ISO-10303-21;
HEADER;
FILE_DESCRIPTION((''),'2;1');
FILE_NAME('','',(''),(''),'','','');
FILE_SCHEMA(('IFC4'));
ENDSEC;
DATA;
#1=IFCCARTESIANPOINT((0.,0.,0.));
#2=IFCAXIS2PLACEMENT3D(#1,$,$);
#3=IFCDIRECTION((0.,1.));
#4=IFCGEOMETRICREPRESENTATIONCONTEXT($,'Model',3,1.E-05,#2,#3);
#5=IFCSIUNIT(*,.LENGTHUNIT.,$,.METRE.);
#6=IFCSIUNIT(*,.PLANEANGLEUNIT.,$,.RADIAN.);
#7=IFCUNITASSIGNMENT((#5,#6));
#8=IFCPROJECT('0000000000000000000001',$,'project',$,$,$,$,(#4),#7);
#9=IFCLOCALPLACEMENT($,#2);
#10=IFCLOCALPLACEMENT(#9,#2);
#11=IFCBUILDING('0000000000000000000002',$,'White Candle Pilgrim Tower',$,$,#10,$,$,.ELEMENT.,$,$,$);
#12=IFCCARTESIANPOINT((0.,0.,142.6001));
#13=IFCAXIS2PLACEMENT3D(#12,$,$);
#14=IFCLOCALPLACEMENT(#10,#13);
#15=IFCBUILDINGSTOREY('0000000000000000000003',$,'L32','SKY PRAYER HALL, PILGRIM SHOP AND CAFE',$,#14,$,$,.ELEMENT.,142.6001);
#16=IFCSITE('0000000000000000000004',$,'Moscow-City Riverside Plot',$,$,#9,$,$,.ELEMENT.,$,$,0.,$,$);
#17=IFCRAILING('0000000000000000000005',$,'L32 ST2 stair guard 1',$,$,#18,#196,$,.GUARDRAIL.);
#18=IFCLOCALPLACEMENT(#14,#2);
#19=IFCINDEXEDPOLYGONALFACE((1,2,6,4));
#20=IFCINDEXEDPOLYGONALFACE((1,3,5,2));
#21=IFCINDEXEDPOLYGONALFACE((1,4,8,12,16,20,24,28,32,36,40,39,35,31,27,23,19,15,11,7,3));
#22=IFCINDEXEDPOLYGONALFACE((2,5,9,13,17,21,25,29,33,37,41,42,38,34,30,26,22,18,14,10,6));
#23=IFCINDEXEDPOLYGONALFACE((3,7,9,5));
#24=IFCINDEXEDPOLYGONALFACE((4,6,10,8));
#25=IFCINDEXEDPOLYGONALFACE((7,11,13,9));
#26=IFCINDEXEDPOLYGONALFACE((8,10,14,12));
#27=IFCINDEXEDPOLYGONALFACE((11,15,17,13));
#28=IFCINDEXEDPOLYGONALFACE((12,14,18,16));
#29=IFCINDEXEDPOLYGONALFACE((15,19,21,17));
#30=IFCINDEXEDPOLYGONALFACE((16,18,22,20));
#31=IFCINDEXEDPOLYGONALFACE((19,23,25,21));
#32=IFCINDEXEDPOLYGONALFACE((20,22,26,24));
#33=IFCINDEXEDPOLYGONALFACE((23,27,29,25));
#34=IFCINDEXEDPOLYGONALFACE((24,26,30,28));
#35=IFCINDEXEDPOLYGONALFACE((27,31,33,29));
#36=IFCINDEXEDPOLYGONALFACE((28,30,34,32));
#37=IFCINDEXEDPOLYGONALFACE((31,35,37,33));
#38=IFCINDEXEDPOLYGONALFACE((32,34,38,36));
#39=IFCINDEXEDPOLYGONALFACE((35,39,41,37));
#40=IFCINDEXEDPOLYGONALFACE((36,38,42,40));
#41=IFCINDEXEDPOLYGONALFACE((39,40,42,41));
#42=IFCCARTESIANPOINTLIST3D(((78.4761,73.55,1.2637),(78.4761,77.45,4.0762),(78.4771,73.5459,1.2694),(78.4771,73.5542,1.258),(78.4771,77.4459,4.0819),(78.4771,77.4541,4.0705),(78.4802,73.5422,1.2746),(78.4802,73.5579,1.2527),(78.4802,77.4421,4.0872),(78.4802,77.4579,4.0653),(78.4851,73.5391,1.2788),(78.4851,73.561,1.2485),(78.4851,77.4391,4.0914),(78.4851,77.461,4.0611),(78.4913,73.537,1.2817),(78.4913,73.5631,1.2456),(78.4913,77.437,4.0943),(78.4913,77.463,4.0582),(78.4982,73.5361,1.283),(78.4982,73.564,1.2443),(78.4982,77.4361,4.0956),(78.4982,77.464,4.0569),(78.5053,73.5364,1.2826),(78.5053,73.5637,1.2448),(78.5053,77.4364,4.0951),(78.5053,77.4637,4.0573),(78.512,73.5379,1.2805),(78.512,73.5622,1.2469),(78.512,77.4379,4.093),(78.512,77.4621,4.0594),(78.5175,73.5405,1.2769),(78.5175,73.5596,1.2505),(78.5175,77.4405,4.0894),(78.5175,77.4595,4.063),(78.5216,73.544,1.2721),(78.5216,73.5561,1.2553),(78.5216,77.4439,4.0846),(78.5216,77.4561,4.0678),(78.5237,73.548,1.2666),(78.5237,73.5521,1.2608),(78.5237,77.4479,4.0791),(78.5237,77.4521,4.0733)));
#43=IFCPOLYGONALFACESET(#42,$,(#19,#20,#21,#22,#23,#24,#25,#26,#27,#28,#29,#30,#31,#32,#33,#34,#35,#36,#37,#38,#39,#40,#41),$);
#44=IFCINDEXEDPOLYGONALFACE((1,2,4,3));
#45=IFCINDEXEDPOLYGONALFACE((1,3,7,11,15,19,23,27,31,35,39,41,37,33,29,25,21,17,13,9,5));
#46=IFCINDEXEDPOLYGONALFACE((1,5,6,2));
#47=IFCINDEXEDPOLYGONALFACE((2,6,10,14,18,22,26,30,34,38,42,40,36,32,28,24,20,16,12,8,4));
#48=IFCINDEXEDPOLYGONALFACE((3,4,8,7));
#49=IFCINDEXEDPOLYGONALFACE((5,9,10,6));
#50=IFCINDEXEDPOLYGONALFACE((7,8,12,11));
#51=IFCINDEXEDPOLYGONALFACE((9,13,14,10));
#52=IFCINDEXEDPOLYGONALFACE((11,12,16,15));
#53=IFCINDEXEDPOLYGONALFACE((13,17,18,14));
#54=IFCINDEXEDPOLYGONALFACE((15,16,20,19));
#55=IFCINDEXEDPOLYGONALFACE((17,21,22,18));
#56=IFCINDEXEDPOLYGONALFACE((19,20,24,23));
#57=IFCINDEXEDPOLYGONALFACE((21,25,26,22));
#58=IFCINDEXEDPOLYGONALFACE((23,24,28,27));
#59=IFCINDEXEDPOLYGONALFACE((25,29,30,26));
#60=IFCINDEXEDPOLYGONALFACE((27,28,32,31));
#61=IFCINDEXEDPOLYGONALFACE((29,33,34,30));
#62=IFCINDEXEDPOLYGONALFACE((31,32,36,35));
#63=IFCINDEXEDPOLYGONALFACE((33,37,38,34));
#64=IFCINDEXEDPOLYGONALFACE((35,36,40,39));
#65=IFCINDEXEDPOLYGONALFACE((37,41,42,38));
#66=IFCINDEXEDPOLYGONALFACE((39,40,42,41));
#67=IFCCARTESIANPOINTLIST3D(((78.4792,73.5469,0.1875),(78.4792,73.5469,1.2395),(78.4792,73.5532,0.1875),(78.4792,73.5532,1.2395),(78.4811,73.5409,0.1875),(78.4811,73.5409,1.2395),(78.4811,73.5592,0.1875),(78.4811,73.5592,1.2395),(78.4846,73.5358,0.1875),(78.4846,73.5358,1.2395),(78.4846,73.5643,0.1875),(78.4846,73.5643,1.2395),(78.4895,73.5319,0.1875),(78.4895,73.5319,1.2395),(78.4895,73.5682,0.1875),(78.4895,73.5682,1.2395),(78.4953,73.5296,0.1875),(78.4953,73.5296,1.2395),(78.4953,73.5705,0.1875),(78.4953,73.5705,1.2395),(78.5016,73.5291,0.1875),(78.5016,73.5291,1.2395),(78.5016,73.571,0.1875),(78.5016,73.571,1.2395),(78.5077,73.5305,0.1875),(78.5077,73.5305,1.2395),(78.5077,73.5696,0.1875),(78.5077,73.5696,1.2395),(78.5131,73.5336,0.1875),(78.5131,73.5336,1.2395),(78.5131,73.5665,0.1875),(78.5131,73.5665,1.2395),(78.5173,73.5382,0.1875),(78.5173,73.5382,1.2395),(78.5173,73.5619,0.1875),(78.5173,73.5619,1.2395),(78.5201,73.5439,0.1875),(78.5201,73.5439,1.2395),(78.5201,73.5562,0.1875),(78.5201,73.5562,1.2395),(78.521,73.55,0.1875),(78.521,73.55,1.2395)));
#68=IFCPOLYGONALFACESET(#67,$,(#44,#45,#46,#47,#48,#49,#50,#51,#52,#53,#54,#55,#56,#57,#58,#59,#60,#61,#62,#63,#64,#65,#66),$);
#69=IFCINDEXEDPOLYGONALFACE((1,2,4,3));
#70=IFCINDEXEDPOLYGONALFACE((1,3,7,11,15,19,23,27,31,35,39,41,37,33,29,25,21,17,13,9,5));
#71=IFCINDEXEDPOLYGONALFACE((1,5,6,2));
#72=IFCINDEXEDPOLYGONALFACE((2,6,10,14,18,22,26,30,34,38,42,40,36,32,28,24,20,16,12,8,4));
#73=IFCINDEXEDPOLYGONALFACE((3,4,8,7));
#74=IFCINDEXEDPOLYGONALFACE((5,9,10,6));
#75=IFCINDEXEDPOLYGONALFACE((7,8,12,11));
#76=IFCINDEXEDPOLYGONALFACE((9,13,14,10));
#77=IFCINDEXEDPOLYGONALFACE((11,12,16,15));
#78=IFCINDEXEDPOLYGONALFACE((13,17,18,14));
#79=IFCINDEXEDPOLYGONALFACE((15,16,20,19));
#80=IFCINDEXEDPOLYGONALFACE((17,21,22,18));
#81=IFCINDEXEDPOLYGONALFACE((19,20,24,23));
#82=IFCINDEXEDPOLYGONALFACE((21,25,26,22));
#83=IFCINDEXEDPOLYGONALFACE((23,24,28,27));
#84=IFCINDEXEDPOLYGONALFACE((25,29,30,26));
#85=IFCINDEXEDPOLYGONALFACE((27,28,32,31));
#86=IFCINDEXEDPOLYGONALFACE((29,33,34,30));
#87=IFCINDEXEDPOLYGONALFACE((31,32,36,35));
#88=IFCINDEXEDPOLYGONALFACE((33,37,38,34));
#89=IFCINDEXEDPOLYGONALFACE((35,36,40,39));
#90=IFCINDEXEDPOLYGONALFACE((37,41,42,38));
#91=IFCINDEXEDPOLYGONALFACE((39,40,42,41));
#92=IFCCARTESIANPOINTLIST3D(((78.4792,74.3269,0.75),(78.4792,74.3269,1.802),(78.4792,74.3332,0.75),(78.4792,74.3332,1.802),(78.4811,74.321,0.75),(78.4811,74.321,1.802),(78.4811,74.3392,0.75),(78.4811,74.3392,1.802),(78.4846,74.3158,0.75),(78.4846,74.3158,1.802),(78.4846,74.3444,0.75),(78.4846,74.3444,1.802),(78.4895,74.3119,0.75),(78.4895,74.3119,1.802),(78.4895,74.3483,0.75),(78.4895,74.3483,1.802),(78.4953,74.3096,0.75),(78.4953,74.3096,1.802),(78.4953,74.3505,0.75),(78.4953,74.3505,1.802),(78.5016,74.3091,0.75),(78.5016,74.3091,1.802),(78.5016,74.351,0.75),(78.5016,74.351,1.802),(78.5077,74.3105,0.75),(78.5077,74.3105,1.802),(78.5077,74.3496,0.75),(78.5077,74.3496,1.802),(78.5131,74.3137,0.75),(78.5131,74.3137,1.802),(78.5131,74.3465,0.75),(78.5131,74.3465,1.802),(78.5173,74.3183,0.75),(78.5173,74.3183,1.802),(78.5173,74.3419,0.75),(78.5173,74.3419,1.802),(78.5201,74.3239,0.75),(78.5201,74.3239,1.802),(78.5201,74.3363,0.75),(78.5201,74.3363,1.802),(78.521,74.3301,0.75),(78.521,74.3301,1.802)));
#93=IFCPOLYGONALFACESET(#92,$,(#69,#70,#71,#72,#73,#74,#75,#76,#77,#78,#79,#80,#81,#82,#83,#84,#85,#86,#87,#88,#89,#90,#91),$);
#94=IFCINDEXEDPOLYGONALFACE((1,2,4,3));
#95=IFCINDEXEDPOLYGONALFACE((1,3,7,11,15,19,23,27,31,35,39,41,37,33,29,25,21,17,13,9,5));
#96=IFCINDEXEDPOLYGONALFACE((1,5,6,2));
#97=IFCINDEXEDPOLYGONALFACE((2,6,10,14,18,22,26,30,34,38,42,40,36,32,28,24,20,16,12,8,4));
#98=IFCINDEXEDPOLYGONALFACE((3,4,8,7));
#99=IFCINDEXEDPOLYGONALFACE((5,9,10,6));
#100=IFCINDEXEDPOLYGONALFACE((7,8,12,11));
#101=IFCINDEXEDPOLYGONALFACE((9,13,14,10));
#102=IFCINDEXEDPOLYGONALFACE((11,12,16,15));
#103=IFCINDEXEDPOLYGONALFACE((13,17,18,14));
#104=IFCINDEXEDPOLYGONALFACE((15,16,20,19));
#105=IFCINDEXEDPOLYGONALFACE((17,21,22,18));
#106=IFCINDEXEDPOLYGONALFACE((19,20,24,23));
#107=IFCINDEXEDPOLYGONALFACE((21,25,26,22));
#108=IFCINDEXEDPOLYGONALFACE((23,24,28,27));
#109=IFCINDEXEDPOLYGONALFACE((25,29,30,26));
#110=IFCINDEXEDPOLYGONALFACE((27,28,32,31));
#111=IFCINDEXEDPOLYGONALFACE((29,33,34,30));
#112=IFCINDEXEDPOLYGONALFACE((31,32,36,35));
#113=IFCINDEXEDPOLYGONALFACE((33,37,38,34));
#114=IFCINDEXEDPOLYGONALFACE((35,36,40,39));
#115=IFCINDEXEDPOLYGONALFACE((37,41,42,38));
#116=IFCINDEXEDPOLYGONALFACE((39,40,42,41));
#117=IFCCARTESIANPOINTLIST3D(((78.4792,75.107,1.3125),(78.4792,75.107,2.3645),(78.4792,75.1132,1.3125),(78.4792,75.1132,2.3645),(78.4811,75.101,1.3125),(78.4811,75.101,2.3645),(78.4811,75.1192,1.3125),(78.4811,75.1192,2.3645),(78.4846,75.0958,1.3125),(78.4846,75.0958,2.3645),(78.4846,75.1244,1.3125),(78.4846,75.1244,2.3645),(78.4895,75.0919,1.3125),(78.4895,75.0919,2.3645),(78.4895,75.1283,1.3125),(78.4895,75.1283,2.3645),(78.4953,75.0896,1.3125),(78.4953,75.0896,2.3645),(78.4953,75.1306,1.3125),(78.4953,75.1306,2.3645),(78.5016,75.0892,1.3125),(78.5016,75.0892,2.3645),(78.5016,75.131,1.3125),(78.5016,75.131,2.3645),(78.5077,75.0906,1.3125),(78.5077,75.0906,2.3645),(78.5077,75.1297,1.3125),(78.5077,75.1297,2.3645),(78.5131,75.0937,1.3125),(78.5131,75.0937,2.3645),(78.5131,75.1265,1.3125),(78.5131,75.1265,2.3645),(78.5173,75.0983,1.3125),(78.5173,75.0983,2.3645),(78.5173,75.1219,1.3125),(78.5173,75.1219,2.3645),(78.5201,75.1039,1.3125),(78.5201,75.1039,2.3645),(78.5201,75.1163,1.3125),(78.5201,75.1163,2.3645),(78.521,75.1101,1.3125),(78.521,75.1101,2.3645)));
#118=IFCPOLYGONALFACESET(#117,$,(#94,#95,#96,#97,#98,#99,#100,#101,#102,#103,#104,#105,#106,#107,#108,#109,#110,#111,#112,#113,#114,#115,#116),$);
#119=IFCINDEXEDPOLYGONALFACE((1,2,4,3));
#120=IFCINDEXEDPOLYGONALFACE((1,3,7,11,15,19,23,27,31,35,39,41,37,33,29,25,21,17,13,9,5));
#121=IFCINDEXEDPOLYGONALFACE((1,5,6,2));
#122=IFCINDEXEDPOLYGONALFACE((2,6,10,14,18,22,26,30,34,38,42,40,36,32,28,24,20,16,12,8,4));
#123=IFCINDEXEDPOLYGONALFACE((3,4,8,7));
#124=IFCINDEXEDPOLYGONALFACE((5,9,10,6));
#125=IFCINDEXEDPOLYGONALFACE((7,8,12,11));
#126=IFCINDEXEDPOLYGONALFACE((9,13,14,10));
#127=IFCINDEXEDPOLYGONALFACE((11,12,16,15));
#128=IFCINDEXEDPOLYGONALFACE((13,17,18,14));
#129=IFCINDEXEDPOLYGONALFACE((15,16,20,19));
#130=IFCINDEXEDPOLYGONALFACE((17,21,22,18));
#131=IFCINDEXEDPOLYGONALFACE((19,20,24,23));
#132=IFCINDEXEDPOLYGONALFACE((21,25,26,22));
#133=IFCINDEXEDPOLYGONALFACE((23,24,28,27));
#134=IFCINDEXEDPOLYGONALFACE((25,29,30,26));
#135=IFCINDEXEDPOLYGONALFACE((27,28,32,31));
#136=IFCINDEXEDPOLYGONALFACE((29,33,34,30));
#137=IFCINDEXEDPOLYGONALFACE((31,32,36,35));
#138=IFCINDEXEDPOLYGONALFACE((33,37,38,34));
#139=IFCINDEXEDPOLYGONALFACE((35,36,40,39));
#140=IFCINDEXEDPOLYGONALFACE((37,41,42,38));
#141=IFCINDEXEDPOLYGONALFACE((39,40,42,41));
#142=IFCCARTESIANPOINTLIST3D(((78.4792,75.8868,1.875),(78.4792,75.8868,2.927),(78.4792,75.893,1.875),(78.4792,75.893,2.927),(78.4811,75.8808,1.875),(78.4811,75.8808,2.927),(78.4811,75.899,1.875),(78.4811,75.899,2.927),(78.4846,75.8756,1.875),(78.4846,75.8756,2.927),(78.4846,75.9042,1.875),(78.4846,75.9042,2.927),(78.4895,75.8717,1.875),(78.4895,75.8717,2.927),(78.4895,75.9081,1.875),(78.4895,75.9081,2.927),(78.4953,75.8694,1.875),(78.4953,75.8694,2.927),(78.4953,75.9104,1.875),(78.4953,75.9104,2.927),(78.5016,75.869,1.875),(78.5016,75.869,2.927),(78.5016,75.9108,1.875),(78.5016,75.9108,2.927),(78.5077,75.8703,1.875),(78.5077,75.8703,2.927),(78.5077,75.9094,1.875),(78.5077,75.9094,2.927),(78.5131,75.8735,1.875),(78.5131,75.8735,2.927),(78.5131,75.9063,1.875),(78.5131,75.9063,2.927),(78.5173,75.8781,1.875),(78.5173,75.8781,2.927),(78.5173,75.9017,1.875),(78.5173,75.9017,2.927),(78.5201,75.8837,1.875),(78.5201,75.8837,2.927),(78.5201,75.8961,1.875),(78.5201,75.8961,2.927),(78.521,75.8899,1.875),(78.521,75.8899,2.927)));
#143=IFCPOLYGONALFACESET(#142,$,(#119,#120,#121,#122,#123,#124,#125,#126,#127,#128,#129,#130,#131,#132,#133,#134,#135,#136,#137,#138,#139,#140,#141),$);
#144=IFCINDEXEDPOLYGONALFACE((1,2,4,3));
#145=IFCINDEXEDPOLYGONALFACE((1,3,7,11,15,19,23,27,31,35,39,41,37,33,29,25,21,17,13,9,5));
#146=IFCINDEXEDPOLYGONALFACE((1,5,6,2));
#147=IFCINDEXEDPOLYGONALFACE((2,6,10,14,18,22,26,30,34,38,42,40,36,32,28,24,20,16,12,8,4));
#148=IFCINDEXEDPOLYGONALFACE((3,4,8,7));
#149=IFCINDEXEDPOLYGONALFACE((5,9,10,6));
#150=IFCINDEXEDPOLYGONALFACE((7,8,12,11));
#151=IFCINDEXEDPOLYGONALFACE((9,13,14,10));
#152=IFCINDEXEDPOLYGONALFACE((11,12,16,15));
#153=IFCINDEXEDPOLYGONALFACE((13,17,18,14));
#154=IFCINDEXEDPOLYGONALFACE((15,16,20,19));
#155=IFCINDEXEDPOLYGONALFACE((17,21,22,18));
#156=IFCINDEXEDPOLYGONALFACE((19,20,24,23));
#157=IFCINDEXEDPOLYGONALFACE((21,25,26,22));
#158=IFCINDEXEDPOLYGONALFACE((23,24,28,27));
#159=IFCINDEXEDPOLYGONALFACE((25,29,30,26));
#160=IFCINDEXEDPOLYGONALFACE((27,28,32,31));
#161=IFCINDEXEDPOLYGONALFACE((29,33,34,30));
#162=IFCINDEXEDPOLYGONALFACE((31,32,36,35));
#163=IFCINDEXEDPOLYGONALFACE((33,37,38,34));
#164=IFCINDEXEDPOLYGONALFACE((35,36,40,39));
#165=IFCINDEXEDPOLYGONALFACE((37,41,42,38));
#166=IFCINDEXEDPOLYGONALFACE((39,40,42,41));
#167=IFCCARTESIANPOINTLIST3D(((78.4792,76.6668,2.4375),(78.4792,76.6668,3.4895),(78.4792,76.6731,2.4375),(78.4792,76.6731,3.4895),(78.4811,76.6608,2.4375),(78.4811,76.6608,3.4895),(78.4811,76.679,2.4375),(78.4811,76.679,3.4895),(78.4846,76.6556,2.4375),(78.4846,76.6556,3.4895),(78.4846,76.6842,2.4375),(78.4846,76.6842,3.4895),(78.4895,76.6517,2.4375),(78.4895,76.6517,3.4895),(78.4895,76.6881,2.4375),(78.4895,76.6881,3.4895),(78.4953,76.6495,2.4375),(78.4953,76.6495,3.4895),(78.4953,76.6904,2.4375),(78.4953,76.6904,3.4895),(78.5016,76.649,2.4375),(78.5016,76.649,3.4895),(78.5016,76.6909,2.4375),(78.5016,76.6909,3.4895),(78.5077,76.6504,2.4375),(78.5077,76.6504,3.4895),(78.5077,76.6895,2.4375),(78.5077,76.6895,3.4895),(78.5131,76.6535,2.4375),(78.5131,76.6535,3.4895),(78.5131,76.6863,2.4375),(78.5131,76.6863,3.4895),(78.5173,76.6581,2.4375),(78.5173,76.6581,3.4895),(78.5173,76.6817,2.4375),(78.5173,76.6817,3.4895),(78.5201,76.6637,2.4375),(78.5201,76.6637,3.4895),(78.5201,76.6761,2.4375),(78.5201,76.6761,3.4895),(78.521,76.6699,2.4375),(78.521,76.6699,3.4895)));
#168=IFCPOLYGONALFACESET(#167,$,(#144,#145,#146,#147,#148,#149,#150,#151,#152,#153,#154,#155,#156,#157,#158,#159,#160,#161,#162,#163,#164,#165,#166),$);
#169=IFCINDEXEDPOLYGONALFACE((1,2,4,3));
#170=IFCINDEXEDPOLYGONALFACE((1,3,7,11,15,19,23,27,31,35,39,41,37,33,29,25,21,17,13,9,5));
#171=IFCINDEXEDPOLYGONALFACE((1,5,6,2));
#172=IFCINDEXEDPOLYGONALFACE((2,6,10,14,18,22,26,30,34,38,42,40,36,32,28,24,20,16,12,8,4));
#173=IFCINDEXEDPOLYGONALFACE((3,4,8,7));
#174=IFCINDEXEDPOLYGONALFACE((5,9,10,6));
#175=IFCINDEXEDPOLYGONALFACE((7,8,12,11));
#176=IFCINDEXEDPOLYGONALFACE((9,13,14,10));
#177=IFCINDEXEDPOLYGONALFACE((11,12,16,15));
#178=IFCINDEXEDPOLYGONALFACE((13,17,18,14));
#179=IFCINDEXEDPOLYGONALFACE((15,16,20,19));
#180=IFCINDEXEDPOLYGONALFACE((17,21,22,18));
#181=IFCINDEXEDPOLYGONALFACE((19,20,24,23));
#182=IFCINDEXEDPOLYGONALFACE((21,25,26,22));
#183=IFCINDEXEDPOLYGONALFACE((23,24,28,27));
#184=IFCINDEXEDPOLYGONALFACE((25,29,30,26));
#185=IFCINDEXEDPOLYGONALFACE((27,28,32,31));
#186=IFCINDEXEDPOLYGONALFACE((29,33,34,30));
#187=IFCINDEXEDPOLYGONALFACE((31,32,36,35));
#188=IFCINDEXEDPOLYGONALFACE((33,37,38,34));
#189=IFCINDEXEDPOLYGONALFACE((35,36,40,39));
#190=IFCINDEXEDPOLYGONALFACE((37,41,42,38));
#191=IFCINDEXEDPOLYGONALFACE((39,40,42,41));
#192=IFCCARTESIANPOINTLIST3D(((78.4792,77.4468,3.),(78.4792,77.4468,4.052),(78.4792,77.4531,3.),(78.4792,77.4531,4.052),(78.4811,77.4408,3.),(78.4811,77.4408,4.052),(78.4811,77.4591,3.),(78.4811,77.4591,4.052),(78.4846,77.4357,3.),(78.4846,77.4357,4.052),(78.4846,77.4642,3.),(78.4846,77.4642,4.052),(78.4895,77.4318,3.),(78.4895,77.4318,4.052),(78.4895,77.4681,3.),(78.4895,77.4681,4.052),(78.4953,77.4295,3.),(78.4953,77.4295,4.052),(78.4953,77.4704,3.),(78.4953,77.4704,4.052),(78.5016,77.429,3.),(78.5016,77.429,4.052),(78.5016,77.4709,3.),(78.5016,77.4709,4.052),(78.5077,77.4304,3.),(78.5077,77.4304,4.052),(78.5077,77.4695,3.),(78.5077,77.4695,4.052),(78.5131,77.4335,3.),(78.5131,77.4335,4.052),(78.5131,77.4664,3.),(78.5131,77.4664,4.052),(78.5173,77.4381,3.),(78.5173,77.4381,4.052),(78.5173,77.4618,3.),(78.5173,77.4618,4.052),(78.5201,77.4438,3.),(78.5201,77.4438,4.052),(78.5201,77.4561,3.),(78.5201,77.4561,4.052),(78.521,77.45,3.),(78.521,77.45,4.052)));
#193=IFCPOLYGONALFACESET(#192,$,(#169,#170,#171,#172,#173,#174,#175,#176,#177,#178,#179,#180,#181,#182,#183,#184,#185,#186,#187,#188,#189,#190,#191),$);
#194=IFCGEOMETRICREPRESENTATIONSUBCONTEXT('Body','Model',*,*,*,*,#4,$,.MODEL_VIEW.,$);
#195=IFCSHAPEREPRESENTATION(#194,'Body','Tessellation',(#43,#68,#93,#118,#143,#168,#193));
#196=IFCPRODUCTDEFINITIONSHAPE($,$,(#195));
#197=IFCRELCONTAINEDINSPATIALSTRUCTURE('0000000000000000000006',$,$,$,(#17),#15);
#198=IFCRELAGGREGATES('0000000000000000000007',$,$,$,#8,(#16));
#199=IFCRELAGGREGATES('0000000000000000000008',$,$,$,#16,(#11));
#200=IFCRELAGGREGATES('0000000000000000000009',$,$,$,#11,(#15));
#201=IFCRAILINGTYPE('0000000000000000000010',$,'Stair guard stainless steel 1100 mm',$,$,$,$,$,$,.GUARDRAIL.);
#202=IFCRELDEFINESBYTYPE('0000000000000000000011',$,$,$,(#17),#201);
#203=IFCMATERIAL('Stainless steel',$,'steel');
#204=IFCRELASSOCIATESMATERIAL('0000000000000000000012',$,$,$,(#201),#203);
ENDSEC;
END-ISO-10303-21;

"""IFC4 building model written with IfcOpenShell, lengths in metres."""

from ifc_helpers import new_model, si_unit, direction, frame, origin, origin_2d, place, context, subcontext, project, spatial, circle, extrude, material, type_object, element, save


model = new_model("IFC4")

# Units and contexts
model_context = context("Model", 3, precision=1e-05, world=origin(), true_north=direction((0.0, 1.0)))
body_context = subcontext(model_context, "Body", "Model", "MODEL_VIEW")
ifc_project = project(units=[si_unit("LENGTHUNIT", "METRE"), si_unit("PLANEANGLEUNIT", "RADIAN")], contexts=[model_context])

# Site, building, storey
site_placement = place(None, origin())
site = spatial("IfcSite", under=ifc_project, at=site_placement, Name="Moscow-City Riverside Plot", CompositionType="ELEMENT", RefElevation=0.0)
building_placement = place(site_placement, origin())
building = spatial("IfcBuilding", under=site, at=building_placement, Name="White Candle Pilgrim Tower", CompositionType="ELEMENT")
storey_placement = place(building_placement, frame((0.0, 0.0, 142.6001)))
storey = spatial("IfcBuildingStorey", under=building, at=storey_placement, Name="L32", Description="SKY PRAYER HALL, PILGRIM SHOP AND CAFE", CompositionType="ELEMENT", Elevation=142.6001)

# Railing
ifc_material_1 = material(Name="Stainless steel", Category="steel")
railing_type_1 = type_object("IfcRailingType", Name="Stair guard stainless steel 1100 mm", PredefinedType="GUARDRAIL", material=ifc_material_1)
railing_1_placement = place(storey_placement, frame((78.5, 73.55, 0.1875)))
element("IfcRailing", 1, at=railing_1_placement, inside=storey, type_object=railing_type_1, Name="L32 ST2 stair guard 1", PredefinedType="GUARDRAIL", context=body_context, shape_type="SweptSolid", body=[
    extrude(circle(Radius=0.0239, at=origin_2d()), frame((0.0, 0.0, 1.0762), z_axis=(0.0, 0.811083, 0.584931), x_axis=(-1.0, 0.0, 0.0)), (0.0, 0.0, 1.0), 4.8083),
    extrude(circle(Radius=0.021, at=origin_2d()), origin(), (0.0, 0.0, 1.0), 1.052),
    extrude(circle(Radius=0.021, at=origin_2d()), frame((0.0, 0.78, 0.5625)), (0.0, 0.0, 1.0), 1.052),
    extrude(circle(Radius=0.021, at=origin_2d()), frame((0.0, 1.5601, 1.125)), (0.0, 0.0, 1.0), 1.052),
    extrude(circle(Radius=0.021, at=origin_2d()), frame((0.0, 2.3398, 1.6875)), (0.0, 0.0, 1.0), 1.052),
    extrude(circle(Radius=0.021, at=origin_2d()), frame((0.0, 3.1199, 2.25)), (0.0, 0.0, 1.0), 1.052),
    extrude(circle(Radius=0.021, at=origin_2d()), frame((0.0, 3.8999, 2.8125)), (0.0, 0.0, 1.0), 1.052),
])

save(model, "model.ifc")
